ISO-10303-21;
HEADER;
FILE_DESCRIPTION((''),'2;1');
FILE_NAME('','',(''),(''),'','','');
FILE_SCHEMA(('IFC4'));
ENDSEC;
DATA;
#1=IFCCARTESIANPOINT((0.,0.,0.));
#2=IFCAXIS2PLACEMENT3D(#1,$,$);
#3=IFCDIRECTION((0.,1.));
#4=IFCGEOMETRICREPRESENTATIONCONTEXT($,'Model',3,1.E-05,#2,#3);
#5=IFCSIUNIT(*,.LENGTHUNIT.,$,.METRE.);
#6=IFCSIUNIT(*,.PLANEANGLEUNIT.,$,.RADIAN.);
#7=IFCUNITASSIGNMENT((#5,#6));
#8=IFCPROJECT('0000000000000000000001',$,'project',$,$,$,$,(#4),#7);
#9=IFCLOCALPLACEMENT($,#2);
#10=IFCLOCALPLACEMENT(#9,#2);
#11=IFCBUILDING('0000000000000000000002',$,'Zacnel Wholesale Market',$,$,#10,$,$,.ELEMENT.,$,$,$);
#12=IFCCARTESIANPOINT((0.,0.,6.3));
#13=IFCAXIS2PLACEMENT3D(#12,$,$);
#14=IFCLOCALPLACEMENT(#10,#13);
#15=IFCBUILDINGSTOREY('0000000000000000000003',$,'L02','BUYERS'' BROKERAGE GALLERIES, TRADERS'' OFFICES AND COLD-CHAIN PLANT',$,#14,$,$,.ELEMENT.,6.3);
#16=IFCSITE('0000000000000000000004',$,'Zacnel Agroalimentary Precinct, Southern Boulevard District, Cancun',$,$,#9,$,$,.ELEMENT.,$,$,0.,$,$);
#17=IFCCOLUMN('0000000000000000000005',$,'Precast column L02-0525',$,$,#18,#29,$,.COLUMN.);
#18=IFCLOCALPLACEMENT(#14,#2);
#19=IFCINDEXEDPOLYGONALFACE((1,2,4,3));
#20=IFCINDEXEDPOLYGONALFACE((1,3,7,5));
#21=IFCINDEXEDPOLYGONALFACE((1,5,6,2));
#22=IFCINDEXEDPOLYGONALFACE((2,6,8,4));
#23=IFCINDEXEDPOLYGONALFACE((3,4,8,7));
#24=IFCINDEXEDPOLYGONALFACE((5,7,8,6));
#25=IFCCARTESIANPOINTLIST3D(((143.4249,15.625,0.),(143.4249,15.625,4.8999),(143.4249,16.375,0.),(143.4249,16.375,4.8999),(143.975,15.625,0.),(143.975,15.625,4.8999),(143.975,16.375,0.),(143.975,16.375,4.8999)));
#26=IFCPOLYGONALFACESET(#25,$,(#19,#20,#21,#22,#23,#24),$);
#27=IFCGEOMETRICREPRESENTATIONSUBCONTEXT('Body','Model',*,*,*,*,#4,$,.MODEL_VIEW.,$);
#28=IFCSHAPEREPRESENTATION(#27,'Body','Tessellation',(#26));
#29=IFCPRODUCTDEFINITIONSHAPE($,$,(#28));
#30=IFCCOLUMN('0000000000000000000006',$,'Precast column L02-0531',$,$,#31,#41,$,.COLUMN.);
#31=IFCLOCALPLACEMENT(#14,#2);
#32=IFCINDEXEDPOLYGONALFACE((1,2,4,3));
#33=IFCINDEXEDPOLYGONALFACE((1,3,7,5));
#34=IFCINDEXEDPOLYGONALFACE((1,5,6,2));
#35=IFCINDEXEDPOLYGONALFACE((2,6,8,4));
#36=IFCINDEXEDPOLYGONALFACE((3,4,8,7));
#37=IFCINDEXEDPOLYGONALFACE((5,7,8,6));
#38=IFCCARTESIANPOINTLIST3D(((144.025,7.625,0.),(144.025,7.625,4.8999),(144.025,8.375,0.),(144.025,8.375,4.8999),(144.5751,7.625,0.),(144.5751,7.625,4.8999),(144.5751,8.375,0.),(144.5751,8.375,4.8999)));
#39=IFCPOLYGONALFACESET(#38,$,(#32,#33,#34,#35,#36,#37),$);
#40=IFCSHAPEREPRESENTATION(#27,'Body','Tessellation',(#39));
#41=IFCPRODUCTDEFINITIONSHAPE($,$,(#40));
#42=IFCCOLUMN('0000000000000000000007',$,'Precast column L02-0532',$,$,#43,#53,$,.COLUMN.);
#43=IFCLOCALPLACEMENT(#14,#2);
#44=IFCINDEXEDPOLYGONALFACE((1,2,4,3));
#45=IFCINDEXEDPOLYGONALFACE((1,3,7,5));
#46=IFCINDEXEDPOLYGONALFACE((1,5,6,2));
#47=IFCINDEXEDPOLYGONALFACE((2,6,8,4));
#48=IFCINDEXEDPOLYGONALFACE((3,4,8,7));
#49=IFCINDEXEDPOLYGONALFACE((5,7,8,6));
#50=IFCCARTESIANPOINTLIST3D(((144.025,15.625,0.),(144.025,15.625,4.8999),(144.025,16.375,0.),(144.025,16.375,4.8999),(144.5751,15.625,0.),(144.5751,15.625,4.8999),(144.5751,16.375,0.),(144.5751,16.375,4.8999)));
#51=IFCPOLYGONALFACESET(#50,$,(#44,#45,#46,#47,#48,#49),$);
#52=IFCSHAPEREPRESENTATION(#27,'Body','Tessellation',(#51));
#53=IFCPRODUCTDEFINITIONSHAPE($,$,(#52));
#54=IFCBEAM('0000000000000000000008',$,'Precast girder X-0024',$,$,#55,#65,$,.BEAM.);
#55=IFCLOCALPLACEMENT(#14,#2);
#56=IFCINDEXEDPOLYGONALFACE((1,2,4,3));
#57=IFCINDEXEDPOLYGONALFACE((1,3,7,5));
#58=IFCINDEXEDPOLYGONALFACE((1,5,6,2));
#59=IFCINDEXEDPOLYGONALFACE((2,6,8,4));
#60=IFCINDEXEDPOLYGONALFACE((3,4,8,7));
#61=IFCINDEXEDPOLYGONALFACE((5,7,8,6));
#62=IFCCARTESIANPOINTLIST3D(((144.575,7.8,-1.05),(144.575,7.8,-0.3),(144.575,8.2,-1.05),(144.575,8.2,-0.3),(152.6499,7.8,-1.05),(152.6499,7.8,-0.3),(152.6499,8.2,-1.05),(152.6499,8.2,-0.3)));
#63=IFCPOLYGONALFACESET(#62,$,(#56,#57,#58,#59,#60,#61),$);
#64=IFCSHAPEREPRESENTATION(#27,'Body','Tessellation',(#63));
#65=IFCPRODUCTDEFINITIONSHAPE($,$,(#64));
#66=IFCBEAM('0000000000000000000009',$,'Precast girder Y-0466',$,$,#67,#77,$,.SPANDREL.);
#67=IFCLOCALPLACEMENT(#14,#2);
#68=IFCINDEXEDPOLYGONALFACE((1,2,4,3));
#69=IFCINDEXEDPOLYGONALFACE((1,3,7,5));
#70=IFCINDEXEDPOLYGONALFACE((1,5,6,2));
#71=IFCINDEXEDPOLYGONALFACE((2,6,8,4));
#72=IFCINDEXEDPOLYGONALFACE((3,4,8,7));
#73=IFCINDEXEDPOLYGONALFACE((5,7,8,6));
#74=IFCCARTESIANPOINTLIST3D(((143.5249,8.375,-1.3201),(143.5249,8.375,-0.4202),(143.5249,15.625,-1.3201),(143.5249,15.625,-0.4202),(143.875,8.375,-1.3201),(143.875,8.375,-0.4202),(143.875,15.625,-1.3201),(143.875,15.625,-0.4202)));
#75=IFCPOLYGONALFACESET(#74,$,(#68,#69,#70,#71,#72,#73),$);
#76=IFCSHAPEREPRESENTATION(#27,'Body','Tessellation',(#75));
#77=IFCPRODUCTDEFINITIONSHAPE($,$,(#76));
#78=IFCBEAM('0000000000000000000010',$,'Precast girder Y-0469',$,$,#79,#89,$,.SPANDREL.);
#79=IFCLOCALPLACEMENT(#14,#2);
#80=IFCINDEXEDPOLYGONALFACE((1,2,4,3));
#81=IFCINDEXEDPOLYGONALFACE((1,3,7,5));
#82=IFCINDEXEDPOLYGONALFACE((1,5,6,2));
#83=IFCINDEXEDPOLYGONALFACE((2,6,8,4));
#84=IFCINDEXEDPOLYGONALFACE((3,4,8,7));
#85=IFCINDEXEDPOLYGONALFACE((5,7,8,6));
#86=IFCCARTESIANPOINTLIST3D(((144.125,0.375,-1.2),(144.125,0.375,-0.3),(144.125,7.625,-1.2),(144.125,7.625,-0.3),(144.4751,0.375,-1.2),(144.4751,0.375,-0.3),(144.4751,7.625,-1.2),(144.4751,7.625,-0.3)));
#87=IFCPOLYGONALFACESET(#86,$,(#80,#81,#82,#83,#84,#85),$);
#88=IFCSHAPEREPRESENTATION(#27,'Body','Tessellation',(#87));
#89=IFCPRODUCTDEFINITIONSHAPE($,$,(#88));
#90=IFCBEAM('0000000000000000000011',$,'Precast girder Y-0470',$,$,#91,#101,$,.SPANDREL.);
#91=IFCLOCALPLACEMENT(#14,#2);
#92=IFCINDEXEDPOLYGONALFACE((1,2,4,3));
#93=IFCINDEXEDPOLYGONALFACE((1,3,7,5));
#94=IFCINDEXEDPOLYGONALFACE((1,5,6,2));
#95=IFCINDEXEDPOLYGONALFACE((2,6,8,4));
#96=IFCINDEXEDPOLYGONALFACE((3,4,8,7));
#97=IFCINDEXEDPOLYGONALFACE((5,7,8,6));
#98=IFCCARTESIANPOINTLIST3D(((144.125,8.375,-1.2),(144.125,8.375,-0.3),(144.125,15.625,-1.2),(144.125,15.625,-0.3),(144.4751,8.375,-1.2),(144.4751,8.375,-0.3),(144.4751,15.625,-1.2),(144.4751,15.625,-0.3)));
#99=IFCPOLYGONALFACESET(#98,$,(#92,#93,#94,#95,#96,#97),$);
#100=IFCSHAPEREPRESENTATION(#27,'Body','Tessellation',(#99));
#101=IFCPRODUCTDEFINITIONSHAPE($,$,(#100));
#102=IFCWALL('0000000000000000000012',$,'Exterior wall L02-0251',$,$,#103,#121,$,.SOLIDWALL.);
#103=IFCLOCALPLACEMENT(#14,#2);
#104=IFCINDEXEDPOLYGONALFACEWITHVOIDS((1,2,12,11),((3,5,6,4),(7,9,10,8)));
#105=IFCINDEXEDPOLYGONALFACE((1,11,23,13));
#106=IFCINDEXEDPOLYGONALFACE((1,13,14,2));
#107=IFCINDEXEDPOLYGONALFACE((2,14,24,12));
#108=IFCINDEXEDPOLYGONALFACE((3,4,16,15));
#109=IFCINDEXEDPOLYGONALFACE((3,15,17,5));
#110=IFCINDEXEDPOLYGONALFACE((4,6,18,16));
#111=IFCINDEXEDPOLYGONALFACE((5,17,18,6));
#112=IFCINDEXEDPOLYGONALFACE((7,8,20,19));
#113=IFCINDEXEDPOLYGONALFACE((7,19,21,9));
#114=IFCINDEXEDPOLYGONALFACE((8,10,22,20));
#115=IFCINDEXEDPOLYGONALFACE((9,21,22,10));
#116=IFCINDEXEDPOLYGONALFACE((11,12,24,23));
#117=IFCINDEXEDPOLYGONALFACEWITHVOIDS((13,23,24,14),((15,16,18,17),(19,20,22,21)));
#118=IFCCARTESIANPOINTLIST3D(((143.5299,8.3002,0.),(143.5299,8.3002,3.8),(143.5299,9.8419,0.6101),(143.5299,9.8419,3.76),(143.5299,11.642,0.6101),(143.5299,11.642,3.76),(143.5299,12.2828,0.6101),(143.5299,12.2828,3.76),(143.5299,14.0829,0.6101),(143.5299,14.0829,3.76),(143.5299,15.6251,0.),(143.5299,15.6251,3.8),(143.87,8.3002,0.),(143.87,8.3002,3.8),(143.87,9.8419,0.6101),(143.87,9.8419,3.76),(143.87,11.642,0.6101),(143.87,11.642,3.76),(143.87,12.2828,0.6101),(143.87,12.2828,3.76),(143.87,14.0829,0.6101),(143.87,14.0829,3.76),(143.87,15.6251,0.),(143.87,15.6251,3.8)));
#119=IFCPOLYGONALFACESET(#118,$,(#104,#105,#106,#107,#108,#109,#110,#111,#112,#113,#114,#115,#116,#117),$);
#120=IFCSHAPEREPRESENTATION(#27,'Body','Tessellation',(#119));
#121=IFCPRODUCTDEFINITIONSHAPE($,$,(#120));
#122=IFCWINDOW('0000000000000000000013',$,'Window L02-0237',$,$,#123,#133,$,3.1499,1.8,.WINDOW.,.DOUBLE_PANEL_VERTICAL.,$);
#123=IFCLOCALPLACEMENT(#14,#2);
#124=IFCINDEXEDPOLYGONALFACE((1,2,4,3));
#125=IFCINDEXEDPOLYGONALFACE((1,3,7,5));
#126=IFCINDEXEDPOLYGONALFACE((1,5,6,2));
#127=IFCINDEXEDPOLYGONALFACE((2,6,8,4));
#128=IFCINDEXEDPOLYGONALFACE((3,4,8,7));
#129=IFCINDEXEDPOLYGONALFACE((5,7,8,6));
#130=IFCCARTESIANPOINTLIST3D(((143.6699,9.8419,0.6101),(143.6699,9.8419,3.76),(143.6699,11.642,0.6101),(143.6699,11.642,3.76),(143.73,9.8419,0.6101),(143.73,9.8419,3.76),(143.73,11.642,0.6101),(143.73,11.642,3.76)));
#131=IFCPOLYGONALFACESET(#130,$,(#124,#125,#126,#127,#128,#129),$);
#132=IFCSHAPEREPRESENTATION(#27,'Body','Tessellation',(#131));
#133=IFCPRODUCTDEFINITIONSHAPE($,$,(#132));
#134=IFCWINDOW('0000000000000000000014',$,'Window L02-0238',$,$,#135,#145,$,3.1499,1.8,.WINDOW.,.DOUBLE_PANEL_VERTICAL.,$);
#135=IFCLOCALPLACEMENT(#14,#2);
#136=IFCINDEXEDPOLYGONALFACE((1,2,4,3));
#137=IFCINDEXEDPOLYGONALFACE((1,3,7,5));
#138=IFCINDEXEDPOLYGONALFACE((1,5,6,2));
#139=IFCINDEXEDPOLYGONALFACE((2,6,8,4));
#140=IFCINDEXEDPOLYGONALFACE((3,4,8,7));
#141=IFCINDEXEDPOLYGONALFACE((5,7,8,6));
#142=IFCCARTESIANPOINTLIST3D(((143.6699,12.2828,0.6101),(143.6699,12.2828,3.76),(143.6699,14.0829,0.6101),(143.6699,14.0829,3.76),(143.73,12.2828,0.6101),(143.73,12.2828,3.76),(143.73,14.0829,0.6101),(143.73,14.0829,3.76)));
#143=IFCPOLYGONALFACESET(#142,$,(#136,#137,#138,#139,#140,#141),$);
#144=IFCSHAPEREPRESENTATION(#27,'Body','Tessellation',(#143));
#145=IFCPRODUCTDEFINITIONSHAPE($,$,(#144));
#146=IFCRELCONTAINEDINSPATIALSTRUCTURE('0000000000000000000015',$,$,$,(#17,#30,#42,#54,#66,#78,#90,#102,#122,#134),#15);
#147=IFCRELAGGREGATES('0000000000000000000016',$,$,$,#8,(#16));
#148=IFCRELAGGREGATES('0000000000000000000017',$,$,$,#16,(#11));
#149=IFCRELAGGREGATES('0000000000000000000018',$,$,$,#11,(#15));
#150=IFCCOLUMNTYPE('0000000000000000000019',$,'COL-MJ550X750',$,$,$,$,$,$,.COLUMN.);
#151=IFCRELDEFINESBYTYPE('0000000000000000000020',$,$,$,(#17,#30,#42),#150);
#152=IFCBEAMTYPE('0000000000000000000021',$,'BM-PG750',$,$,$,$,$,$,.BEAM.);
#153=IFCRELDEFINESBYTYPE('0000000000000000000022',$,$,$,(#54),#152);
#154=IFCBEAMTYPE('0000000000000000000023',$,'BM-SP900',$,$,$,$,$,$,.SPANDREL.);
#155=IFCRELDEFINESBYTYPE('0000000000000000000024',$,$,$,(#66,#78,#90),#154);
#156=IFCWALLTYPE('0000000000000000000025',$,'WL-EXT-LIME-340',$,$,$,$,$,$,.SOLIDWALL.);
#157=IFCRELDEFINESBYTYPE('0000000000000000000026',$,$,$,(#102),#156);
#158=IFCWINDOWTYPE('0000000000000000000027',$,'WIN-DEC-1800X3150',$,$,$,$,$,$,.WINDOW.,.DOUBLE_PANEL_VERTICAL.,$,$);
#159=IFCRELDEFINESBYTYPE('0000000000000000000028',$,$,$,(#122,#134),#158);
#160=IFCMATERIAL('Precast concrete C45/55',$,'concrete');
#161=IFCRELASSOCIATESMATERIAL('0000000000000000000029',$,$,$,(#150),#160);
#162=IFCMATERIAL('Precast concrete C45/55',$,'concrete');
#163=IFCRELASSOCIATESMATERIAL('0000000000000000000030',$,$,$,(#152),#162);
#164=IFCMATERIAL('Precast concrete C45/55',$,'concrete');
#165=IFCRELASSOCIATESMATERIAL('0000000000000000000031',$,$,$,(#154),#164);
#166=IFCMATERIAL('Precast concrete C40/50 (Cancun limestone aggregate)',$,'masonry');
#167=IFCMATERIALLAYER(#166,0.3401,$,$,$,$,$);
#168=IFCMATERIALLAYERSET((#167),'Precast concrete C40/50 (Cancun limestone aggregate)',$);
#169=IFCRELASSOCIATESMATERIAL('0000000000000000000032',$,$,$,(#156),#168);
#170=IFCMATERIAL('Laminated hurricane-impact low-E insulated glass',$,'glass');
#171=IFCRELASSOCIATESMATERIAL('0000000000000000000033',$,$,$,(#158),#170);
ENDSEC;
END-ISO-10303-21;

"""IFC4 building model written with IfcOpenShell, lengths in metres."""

from ifc_helpers import new_model, si_unit, direction, frame, frame_2d, origin, origin_2d, place, context, subcontext, project, spatial, rectangle, extrude, material, layer, layer_set, material_profile, profile_set, type_object, element, fill, save


model = new_model("IFC4")

# Units and contexts
model_context = context("Model", 3, precision=1e-05, world=origin(), true_north=direction((0.0, 1.0)))
body_context = subcontext(model_context, "Body", "Model", "MODEL_VIEW")
ifc_project = project(units=[si_unit("LENGTHUNIT", "METRE"), si_unit("PLANEANGLEUNIT", "RADIAN")], contexts=[model_context])

# Site, building, storey
site_placement = place(None, origin())
site = spatial("IfcSite", under=ifc_project, at=site_placement, Name="Zacnel Agroalimentary Precinct, Southern Boulevard District, Cancun", CompositionType="ELEMENT", RefElevation=0.0)
building_placement = place(site_placement, origin())
building = spatial("IfcBuilding", under=site, at=building_placement, Name="Zacnel Wholesale Market", CompositionType="ELEMENT")
storey_placement = place(building_placement, frame((0.0, 0.0, 6.3)))
storey = spatial("IfcBuildingStorey", under=building, at=storey_placement, Name="L02", Description="BUYERS' BROKERAGE GALLERIES, TRADERS' OFFICES AND COLD-CHAIN PLANT", CompositionType="ELEMENT", Elevation=6.3)

# Columns
ifc_material_1 = material(Name="Precast concrete C45/55", Category="concrete")
ifc_material_profile_1 = material_profile(ifc_material_1, rectangle(XDim=0.55, YDim=0.75, at=origin_2d()), Name="PC 550x750")
ifc_profile_set_1 = profile_set([ifc_material_profile_1], Name="Precast concrete C45/55")
column_type = type_object("IfcColumnType", Name="COL-MJ550X750", PredefinedType="COLUMN", material=ifc_profile_set_1)
for number, where, z_axis, x_axis, name in (
    (1, (143.7, 16.0, 0.0), (0.0, 0.0, 1.0), (1.0, 0.0, 0.0), "Precast column L02-0525"),
    (2, (144.3, 8.0, 0.0), (0.0, 0.0, 1.0), (1.0, 0.0, 0.0), "Precast column L02-0531"),
    (3, (144.3, 16.0, 0.0), (0.0, 0.0, 1.0), (1.0, 0.0, 0.0), "Precast column L02-0532"),
):
    element("IfcColumn", number, at=place(storey_placement, frame(where, z_axis=z_axis, x_axis=x_axis)), inside=storey, type_object=column_type, Name=name, PredefinedType="COLUMN", context=body_context, shape_type="SweptSolid", body=[
        extrude(rectangle(XDim=0.55, YDim=0.75, at=origin_2d()), origin(), (0.0, 0.0, 1.0), 4.8999),
    ])

# Beams
ifc_material_2 = material(Name="Precast concrete C45/55", Category="concrete")
ifc_material_profile_2 = material_profile(ifc_material_2, rectangle(XDim=0.3999, YDim=0.75, at=origin_2d()), Name="PG 400x750")
ifc_profile_set_2 = profile_set([ifc_material_profile_2], Name="Precast concrete C45/55")
beam_type_1 = type_object("IfcBeamType", Name="BM-PG750", PredefinedType="BEAM", material=ifc_profile_set_2)
beam_placement = place(storey_placement, frame((144.575, 8.0, -0.675), z_axis=(1.0, 0.0, 0.0), x_axis=(0.0, 1.0, 0.0)))
element("IfcBeam", 4, at=beam_placement, inside=storey, type_object=beam_type_1, Name="Precast girder X-0024", PredefinedType="BEAM", context=body_context, shape_type="SweptSolid", body=[
    extrude(rectangle(XDim=0.3999, YDim=0.75, at=origin_2d()), origin(), (0.0, 0.0, 1.0), 8.075),
])
ifc_material_3 = material(Name="Precast concrete C45/55", Category="concrete")
ifc_material_profile_3 = material_profile(ifc_material_3, rectangle(XDim=0.3501, YDim=0.8999, at=origin_2d()), Name="SP 350x900")
ifc_profile_set_3 = profile_set([ifc_material_profile_3], Name="Precast concrete C45/55")
beam_type_2 = type_object("IfcBeamType", Name="BM-SP900", PredefinedType="SPANDREL", material=ifc_profile_set_3)
for number, where, z_axis, x_axis, name in (
    (5, (143.7, 8.375, -0.8701), (0.0, 1.0, 0.0), (-1.0, 0.0, 0.0), "Precast girder Y-0466"),
    (6, (144.3, 0.375, -0.75), (0.0, 1.0, 0.0), (-1.0, 0.0, 0.0), "Precast girder Y-0469"),
    (7, (144.3, 8.375, -0.75), (0.0, 1.0, 0.0), (-1.0, 0.0, 0.0), "Precast girder Y-0470"),
):
    element("IfcBeam", number, at=place(storey_placement, frame(where, z_axis=z_axis, x_axis=x_axis)), inside=storey, type_object=beam_type_2, Name=name, PredefinedType="SPANDREL", context=body_context, shape_type="SweptSolid", body=[
        extrude(rectangle(XDim=0.3501, YDim=0.8999, at=origin_2d()), origin(), (0.0, 0.0, 1.0), 7.25),
    ])

# Wall, openings, windows
ifc_material_4 = material(Name="Precast concrete C40/50 (Cancun limestone aggregate)", Category="masonry")
ifc_layer = layer(ifc_material_4, 0.3401)
ifc_layer_set = layer_set([ifc_layer], Name="Precast concrete C40/50 (Cancun limestone aggregate)")
wall_type = type_object("IfcWallType", Name="WL-EXT-LIME-340", PredefinedType="SOLIDWALL", material=ifc_layer_set)
wall_1_placement = place(storey_placement, frame((143.7, 8.3, 0.0), z_axis=(0.0, 0.0, 1.0), x_axis=(0.0, 1.0, 0.0)))
wall_1 = element("IfcWall", 8, at=wall_1_placement, inside=storey, type_object=wall_type, Name="Exterior wall L02-0251", PredefinedType="SOLIDWALL", context=body_context, shape_type="SweptSolid", body=[
    extrude(rectangle(XDim=7.325, YDim=0.3401, at=frame_2d((3.6626, 0.0))), origin(), (0.0, 0.0, 1.0), 3.8),
])
opening_1_placement = place(wall_1_placement, frame((1.542, 0.0, 0.6101)))
opening_1 = element("IfcOpeningElement", 9, at=opening_1_placement, cuts=wall_1, PredefinedType="OPENING", context=body_context, shape_type="SweptSolid", body=[
    extrude(rectangle(XDim=1.8, YDim=3.1499, at=frame_2d((0.8999, 1.575))), frame((0.0, 0.1799, 0.0), z_axis=(0.0, -1.0, 0.0), x_axis=(1.0, 0.0, 0.0)), (0.0, 0.0, 1.0), 0.3601),
])
opening_2_placement = place(wall_1_placement, frame((3.9829, 0.0, 0.6101)))
opening_2 = element("IfcOpeningElement", 10, at=opening_2_placement, cuts=wall_1, PredefinedType="OPENING", context=body_context, shape_type="SweptSolid", body=[
    extrude(rectangle(XDim=1.8, YDim=3.1499, at=frame_2d((0.8999, 1.575))), frame((0.0, 0.1799, 0.0), z_axis=(0.0, -1.0, 0.0), x_axis=(1.0, 0.0, 0.0)), (0.0, 0.0, 1.0), 0.3601),
])
ifc_material_5 = material(Name="Laminated hurricane-impact low-E insulated glass", Category="glass")
window_type_1 = type_object("IfcWindowType", Name="WIN-DEC-1800X3150", PartitioningType="DOUBLE_PANEL_VERTICAL", PredefinedType="WINDOW", material=ifc_material_5)
window_1_placement = place(opening_1_placement, origin())
window_1 = element("IfcWindow", 11, at=window_1_placement, inside=storey, type_object=window_type_1, Name="Window L02-0237", OverallHeight=3.1499, OverallWidth=1.8, PartitioningType="DOUBLE_PANEL_VERTICAL", PredefinedType="WINDOW", context=body_context, shape_type="SweptSolid", body=[
    extrude(rectangle(XDim=1.8, YDim=3.1499, at=frame_2d((0.8999, 1.575))), frame((0.0, 0.03, 0.0), z_axis=(0.0, -1.0, 0.0), x_axis=(1.0, 0.0, 0.0)), (0.0, 0.0, 1.0), 0.0601),
])
fill(opening_1, window_1)
window_2_placement = place(opening_2_placement, origin())
window_2 = element("IfcWindow", 12, at=window_2_placement, inside=storey, type_object=window_type_1, Name="Window L02-0238", OverallHeight=3.1499, OverallWidth=1.8, PartitioningType="DOUBLE_PANEL_VERTICAL", PredefinedType="WINDOW", context=body_context, shape_type="SweptSolid", body=[
    extrude(rectangle(XDim=1.8, YDim=3.1499, at=frame_2d((0.8999, 1.575))), frame((0.0, 0.03, 0.0), z_axis=(0.0, -1.0, 0.0), x_axis=(1.0, 0.0, 0.0)), (0.0, 0.0, 1.0), 0.0601),
])
fill(opening_2, window_2)

save(model, "model.ifc")
